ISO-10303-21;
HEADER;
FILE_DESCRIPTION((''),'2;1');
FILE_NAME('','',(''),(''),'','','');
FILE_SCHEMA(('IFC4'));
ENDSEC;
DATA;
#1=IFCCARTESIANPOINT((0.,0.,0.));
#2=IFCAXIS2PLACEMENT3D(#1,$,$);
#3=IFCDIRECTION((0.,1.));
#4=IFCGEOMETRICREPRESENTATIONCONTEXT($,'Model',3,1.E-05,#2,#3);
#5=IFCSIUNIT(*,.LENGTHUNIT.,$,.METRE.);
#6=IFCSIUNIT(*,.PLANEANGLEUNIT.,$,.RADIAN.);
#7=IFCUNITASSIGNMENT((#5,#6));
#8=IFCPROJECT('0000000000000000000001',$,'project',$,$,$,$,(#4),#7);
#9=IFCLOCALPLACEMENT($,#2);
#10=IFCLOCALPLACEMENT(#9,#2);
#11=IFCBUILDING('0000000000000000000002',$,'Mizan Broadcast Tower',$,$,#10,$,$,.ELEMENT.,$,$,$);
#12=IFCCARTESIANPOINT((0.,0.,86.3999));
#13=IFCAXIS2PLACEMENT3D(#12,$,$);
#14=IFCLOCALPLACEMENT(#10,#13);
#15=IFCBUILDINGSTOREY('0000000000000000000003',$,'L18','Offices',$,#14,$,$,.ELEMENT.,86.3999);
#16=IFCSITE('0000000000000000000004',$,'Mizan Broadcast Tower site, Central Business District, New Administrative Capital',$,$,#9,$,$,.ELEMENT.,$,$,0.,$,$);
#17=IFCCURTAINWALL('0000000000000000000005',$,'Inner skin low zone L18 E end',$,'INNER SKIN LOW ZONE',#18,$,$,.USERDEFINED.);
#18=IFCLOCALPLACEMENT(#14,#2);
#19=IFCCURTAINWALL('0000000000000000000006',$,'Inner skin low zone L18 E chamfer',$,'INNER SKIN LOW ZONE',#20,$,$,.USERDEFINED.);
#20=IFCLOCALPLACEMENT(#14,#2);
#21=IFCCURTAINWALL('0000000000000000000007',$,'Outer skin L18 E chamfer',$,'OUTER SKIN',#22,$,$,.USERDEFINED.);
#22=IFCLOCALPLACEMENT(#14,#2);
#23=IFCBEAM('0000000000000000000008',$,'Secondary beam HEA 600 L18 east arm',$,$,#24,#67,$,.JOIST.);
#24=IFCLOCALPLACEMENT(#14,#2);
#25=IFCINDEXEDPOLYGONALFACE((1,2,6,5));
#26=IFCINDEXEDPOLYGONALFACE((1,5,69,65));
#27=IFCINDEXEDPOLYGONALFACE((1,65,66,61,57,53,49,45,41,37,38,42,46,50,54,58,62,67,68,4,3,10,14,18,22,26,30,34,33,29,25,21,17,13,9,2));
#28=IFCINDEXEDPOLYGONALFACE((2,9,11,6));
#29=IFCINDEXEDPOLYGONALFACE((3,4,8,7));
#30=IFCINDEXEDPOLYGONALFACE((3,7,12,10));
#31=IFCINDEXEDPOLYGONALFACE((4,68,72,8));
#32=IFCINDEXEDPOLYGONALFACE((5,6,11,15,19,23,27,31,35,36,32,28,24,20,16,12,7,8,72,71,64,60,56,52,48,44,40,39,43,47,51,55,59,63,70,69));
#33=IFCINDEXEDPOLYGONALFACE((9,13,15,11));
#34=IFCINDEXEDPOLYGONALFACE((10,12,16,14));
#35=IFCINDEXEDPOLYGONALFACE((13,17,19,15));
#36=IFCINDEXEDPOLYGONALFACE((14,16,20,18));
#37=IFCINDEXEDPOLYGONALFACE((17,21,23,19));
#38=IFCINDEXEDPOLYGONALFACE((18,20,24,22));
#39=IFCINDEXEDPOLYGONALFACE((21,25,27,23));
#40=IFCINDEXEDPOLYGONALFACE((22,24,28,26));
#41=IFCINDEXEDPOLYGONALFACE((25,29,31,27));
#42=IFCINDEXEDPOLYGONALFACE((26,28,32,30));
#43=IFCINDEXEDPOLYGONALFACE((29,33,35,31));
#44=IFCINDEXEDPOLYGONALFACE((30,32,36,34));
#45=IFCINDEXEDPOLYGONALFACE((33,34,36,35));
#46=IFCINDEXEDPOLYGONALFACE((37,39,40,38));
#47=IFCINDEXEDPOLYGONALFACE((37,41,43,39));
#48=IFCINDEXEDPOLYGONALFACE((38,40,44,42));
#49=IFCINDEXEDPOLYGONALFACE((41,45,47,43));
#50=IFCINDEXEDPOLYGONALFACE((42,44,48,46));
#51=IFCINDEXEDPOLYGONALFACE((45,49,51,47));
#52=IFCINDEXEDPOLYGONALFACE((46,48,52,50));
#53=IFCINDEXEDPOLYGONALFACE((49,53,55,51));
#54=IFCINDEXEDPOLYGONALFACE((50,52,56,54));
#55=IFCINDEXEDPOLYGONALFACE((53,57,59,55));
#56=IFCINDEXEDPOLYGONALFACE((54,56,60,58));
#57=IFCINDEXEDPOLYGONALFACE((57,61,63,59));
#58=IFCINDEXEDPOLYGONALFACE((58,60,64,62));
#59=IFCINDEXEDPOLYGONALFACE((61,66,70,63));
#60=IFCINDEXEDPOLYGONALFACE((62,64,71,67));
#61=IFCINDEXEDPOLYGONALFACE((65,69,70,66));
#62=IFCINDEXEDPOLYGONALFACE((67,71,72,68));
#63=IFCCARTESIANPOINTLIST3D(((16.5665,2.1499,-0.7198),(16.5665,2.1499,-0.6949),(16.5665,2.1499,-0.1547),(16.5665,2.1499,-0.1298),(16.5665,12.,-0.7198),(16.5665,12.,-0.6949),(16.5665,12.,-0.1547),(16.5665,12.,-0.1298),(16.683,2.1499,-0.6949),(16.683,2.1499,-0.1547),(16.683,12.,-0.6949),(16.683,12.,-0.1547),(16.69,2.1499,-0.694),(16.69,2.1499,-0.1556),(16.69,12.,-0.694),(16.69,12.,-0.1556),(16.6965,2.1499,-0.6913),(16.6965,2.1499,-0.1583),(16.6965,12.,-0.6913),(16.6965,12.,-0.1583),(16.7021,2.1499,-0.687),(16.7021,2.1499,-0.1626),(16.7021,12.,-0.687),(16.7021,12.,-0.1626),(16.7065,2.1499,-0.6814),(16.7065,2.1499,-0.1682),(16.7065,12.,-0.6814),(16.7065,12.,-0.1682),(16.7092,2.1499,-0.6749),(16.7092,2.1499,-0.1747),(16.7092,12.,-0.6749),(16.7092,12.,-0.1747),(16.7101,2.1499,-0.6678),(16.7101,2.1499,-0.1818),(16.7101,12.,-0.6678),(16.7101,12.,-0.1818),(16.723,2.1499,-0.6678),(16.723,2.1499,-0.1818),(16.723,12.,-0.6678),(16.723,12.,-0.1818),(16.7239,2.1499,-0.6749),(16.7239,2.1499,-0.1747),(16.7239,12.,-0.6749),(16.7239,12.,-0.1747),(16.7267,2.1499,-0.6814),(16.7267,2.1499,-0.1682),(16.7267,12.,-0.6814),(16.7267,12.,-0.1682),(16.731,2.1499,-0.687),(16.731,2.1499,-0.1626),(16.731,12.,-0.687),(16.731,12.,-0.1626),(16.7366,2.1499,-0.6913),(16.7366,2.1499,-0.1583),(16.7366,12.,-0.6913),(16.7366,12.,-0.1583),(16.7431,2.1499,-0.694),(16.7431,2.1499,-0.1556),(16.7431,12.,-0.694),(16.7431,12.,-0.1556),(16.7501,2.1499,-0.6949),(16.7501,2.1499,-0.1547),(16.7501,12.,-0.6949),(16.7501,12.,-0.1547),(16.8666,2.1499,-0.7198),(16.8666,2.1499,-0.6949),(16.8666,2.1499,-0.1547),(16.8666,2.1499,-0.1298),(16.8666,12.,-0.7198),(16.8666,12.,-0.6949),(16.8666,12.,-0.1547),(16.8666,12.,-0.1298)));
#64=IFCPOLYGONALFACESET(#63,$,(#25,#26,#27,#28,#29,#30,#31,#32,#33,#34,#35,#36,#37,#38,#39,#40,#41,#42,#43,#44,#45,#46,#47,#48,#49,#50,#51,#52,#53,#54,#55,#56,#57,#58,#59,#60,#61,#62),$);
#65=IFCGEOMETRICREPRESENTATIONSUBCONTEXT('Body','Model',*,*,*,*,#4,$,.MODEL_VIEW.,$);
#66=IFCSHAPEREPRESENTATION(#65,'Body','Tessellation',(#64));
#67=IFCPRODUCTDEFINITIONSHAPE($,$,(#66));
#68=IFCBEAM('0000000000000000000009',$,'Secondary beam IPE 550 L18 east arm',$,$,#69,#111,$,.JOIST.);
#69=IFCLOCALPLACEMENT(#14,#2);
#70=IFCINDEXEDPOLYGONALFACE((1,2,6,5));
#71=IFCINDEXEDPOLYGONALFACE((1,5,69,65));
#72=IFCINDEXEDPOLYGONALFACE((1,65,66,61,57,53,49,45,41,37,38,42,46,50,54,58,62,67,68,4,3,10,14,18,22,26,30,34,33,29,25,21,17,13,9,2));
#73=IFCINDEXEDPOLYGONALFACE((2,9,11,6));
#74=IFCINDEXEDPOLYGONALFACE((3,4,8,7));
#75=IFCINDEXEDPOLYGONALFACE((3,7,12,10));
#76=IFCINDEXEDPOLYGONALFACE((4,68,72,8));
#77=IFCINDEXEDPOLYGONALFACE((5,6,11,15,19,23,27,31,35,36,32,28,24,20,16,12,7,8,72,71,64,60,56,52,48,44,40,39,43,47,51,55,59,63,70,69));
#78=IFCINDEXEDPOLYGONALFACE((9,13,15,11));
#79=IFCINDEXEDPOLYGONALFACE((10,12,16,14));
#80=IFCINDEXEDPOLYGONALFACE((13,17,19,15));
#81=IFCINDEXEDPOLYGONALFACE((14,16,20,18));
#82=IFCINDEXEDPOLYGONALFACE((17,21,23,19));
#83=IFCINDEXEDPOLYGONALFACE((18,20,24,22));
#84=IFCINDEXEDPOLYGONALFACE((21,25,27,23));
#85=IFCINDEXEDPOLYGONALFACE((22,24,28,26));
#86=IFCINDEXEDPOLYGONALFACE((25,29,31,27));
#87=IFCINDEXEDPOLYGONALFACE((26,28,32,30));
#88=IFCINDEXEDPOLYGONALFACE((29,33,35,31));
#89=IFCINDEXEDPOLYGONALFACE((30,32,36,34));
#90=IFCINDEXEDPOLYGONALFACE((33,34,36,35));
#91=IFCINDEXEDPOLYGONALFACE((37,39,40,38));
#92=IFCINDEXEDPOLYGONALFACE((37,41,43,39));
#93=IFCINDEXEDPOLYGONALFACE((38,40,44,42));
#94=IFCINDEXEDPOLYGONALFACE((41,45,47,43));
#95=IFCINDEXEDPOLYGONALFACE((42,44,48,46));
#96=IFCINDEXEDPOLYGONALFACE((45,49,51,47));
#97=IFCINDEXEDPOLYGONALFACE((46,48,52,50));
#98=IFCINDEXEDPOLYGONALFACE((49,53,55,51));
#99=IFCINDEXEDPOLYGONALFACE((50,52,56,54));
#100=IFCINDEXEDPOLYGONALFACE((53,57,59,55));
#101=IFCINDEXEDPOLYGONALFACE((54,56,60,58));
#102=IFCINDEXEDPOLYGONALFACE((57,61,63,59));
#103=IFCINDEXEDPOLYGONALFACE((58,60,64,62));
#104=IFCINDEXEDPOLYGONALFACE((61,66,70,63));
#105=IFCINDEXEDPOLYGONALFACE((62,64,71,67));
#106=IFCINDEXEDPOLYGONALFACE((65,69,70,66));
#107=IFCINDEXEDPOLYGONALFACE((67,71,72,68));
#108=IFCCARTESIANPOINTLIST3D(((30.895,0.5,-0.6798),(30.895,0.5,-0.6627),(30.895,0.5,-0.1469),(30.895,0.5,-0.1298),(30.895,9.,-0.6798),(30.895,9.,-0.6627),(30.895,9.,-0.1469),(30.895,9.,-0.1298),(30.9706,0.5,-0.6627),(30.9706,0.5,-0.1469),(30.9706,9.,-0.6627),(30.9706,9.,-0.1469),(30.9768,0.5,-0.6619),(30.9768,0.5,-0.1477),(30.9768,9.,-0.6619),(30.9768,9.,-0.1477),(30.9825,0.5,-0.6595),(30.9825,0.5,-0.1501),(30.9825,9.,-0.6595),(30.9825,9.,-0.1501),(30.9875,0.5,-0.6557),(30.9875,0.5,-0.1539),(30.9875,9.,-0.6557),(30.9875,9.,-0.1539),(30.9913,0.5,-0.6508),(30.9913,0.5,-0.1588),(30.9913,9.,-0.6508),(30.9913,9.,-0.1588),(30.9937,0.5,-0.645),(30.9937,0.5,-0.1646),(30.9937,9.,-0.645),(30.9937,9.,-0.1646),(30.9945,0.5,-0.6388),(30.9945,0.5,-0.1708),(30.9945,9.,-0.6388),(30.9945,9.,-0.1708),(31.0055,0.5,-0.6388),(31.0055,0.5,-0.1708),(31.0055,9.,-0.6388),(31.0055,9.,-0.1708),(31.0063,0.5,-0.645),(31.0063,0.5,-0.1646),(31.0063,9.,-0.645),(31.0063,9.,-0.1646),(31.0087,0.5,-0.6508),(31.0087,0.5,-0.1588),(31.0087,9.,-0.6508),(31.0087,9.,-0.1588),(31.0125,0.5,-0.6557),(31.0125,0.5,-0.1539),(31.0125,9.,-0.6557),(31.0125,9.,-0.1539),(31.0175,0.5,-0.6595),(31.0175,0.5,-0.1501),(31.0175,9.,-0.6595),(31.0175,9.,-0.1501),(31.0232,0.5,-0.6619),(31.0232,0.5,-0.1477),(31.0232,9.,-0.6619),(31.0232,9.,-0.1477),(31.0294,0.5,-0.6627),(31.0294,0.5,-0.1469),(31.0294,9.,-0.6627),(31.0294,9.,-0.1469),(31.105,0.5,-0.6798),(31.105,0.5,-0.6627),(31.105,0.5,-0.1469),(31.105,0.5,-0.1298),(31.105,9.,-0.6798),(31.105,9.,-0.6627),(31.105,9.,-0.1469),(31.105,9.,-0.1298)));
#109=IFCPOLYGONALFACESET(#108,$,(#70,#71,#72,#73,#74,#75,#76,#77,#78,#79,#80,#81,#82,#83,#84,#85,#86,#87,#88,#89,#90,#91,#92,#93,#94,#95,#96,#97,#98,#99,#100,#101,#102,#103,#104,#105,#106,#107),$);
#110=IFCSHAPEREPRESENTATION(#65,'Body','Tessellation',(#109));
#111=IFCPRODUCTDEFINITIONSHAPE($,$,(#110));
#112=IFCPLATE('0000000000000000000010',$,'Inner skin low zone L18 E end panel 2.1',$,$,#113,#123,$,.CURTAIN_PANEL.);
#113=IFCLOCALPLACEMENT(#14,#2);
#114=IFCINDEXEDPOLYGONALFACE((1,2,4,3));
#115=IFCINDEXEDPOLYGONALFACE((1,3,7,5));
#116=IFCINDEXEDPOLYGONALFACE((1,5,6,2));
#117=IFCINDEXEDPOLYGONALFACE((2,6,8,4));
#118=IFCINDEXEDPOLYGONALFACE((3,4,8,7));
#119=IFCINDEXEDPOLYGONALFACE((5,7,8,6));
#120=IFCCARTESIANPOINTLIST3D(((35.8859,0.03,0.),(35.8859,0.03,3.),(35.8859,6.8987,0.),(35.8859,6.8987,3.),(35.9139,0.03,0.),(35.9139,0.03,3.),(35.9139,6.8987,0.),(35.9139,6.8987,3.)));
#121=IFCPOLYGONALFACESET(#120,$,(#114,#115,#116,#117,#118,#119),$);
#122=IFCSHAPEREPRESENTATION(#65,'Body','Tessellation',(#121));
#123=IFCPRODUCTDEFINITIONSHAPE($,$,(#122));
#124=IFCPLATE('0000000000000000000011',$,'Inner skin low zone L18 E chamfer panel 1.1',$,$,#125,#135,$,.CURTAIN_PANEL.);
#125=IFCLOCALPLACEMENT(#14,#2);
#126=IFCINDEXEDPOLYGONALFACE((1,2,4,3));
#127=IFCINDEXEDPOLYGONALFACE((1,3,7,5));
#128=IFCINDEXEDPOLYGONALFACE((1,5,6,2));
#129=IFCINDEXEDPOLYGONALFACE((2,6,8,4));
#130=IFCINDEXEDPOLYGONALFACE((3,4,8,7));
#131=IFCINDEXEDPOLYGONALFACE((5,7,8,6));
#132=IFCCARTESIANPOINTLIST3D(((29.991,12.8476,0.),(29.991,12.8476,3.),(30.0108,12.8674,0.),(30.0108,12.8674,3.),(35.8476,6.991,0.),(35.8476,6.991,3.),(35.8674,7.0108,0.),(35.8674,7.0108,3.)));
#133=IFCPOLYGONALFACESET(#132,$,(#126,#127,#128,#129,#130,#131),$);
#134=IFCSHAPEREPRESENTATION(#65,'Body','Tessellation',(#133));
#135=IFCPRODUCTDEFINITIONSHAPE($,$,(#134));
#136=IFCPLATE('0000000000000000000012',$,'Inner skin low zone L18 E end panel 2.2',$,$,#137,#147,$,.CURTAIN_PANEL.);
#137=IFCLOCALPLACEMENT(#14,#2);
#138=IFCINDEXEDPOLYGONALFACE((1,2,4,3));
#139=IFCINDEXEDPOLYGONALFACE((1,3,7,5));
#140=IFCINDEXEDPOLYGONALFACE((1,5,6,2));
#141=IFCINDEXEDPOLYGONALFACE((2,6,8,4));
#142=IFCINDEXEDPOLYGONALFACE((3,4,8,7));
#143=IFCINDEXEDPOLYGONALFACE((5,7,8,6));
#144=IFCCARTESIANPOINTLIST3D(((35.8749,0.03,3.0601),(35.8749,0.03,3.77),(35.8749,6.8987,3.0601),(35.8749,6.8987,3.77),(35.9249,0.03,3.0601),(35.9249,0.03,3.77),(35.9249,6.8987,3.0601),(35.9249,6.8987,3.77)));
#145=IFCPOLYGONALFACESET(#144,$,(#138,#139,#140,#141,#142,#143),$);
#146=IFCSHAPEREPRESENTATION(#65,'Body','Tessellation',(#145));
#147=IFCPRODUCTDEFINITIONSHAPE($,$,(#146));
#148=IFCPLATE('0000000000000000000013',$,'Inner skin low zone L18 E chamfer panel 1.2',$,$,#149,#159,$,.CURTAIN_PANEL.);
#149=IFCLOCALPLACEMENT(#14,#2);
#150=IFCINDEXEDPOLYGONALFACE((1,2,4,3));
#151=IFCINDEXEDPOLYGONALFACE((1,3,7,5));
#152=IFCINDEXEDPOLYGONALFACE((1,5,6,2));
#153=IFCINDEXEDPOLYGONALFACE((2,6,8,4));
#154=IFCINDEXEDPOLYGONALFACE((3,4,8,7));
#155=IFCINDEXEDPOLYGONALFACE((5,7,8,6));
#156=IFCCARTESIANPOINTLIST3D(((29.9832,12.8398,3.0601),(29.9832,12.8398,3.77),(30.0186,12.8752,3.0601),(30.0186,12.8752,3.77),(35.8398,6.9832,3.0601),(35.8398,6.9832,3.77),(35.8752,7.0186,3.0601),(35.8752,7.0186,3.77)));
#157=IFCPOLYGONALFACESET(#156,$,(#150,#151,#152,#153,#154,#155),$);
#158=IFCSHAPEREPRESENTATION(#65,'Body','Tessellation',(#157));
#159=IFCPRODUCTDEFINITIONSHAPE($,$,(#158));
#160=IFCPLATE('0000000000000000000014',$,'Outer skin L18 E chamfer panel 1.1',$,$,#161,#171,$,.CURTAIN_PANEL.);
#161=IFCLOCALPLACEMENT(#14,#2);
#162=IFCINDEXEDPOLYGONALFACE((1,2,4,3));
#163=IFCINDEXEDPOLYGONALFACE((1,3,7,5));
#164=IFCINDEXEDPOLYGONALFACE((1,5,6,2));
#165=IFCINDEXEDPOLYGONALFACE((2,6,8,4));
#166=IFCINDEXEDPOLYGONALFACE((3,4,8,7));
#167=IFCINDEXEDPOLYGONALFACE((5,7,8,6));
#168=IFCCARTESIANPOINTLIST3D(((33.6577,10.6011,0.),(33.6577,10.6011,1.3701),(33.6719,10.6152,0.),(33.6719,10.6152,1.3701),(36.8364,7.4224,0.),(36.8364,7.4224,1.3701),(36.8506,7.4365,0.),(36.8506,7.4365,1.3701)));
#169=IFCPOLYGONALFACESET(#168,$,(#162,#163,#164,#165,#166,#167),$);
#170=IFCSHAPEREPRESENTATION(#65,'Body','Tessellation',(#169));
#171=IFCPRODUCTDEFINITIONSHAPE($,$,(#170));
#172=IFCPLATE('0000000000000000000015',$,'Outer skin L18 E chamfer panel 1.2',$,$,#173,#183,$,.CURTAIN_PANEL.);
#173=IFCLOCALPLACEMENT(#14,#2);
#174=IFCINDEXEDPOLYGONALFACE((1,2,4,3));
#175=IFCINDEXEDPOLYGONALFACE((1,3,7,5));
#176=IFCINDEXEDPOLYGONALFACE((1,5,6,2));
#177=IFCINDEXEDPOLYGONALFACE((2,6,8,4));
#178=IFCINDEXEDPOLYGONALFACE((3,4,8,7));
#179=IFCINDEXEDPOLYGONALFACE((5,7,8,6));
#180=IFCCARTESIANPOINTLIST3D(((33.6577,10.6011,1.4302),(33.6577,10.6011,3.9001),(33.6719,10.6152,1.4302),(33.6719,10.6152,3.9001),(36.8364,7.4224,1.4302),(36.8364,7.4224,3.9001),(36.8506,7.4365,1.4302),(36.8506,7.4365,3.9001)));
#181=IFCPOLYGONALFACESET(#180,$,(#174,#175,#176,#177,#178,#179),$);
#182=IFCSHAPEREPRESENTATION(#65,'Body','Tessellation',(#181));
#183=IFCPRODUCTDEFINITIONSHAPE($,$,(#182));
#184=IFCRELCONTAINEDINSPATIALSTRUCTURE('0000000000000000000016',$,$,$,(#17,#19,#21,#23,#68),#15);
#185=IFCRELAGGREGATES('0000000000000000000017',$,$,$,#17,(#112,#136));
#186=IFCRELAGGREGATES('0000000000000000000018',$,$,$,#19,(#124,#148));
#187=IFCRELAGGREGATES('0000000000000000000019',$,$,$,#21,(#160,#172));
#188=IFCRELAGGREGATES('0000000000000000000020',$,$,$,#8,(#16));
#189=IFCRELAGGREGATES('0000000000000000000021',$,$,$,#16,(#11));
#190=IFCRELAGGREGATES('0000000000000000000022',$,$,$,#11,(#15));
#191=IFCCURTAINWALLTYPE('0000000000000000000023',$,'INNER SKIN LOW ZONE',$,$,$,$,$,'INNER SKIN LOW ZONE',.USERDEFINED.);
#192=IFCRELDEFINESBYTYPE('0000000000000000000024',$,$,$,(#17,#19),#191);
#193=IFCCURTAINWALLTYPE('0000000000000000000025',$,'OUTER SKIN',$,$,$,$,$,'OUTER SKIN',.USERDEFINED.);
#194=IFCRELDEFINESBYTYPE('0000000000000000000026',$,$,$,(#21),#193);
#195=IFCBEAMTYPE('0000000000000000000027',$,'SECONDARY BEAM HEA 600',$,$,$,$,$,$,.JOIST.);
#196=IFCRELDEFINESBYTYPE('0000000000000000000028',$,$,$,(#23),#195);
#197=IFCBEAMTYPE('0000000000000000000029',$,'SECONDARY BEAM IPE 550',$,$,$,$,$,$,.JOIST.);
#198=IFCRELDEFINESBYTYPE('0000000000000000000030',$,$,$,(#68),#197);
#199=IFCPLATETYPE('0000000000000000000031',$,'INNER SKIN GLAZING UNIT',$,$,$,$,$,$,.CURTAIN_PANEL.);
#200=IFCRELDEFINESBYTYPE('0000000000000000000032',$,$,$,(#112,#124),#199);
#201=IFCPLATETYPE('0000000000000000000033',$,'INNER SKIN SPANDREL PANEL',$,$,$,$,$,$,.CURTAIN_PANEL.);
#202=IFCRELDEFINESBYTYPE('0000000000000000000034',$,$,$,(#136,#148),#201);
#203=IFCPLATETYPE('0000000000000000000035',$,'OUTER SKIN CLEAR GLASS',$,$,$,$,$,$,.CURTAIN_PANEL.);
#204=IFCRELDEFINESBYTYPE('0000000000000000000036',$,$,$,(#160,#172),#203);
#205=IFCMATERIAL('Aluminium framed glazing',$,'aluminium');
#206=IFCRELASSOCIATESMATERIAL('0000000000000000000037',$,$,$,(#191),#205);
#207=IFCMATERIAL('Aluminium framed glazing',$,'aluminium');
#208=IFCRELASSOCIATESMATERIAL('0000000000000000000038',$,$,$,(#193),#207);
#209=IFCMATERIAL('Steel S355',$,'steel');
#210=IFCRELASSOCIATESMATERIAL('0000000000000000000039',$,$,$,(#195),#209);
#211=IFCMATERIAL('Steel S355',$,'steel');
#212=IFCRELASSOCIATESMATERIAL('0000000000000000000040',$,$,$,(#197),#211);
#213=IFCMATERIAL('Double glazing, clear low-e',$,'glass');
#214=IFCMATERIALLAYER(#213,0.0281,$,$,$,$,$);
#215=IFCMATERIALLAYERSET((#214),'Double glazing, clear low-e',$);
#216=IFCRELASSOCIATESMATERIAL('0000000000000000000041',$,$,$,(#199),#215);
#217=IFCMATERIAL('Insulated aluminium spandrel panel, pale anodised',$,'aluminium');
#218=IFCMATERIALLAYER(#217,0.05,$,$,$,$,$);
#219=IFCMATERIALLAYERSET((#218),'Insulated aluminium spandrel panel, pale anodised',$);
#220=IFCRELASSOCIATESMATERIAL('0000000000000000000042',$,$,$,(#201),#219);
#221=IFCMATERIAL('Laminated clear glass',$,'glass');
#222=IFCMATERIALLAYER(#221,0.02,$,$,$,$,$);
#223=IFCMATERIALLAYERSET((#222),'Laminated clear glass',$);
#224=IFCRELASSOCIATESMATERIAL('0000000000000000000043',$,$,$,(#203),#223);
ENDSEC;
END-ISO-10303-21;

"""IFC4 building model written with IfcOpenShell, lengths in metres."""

from ifc_helpers import new_model, si_unit, direction, frame, origin, origin_2d, place, context, subcontext, project, spatial, rectangle, i_section, extrude, material, layer, layer_set, material_profile, profile_set, type_object, element, aggregate, save


model = new_model("IFC4")

# Units and contexts
model_context = context("Model", 3, precision=1e-05, world=origin(), true_north=direction((0.0, 1.0)))
body_context = subcontext(model_context, "Body", "Model", "MODEL_VIEW")
ifc_project = project(units=[si_unit("LENGTHUNIT", "METRE"), si_unit("PLANEANGLEUNIT", "RADIAN")], contexts=[model_context])

# Site, building, storey
site_placement = place(None, origin())
site = spatial("IfcSite", under=ifc_project, at=site_placement, Name="Mizan Broadcast Tower site, Central Business District, New Administrative Capital", CompositionType="ELEMENT", RefElevation=0.0)
building_placement = place(site_placement, origin())
building = spatial("IfcBuilding", under=site, at=building_placement, Name="Mizan Broadcast Tower", CompositionType="ELEMENT")
storey_placement = place(building_placement, frame((0.0, 0.0, 86.3999)))
storey = spatial("IfcBuildingStorey", under=building, at=storey_placement, Name="L18", Description="Offices", CompositionType="ELEMENT", Elevation=86.3999)

# Curtain wall
ifc_material_1 = material(Name="Aluminium framed glazing", Category="aluminium")
curtain_wall_type_1 = type_object("IfcCurtainWallType", Name="INNER SKIN LOW ZONE", ElementType="INNER SKIN LOW ZONE", PredefinedType="USERDEFINED", material=ifc_material_1)
curtain_wall_1_placement = place(storey_placement, origin())
curtain_wall_1 = element("IfcCurtainWall", 1, at=curtain_wall_1_placement, inside=storey, type_object=curtain_wall_type_1, Name="Inner skin low zone L18 E end", ObjectType="INNER SKIN LOW ZONE", PredefinedType="USERDEFINED")

# Curtain wall
curtain_wall_2_placement = place(storey_placement, origin())
curtain_wall_2 = element("IfcCurtainWall", 2, at=curtain_wall_2_placement, inside=storey, type_object=curtain_wall_type_1, Name="Inner skin low zone L18 E chamfer", ObjectType="INNER SKIN LOW ZONE", PredefinedType="USERDEFINED")

# Shared definitions
ifc_material_2 = material(Name="Aluminium framed glazing", Category="aluminium")
curtain_wall_type_2 = type_object("IfcCurtainWallType", Name="OUTER SKIN", ElementType="OUTER SKIN", PredefinedType="USERDEFINED", material=ifc_material_2)

# Curtain wall
curtain_wall_3_placement = place(storey_placement, origin())
curtain_wall_3 = element("IfcCurtainWall", 3, at=curtain_wall_3_placement, inside=storey, type_object=curtain_wall_type_2, Name="Outer skin L18 E chamfer", ObjectType="OUTER SKIN", PredefinedType="USERDEFINED")

# Beams
ifc_material_3 = material(Name="Steel S355", Category="steel")
ifc_material_profile_1 = material_profile(ifc_material_3, i_section(OverallWidth=0.3, OverallDepth=0.5901, WebThickness=0.0129, FlangeThickness=0.0249, FilletRadius=0.0271, at=origin_2d()), Name="HEA 600")
ifc_profile_set_1 = profile_set([ifc_material_profile_1], Name="Steel S355")
beam_type_1 = type_object("IfcBeamType", Name="SECONDARY BEAM HEA 600", PredefinedType="JOIST", material=ifc_profile_set_1)
for number, where, z_axis, x_axis, name in (
    (4, (16.7166, 12.0, -0.4248), (0.0, -1.0, 0.0), (1.0, 0.0, 0.0), "Secondary beam HEA 600 L18 east arm"),
):
    element("IfcBeam", number, at=place(storey_placement, frame(where, z_axis=z_axis, x_axis=x_axis)), inside=storey, type_object=beam_type_1, Name=name, PredefinedType="JOIST", context=body_context, shape_type="SweptSolid", body=[
        extrude(i_section(OverallWidth=0.3, OverallDepth=0.5901, WebThickness=0.0129, FlangeThickness=0.0249, FilletRadius=0.0271, at=origin_2d()), origin(), (0.0, 0.0, 1.0), 9.8501),
    ])
ifc_material_4 = material(Name="Steel S355", Category="steel")
ifc_material_profile_2 = material_profile(ifc_material_4, i_section(OverallWidth=0.21, OverallDepth=0.55, WebThickness=0.011, FlangeThickness=0.0171, FilletRadius=0.0239, at=origin_2d()), Name="IPE 550")
ifc_profile_set_2 = profile_set([ifc_material_profile_2], Name="Steel S355")
beam_type_2 = type_object("IfcBeamType", Name="SECONDARY BEAM IPE 550", PredefinedType="JOIST", material=ifc_profile_set_2)
beam_1_placement = place(storey_placement, frame((31.0, 9.0, -0.4048), z_axis=(0.0, -1.0, 0.0), x_axis=(1.0, 0.0, 0.0)))
element("IfcBeam", 5, at=beam_1_placement, inside=storey, type_object=beam_type_2, Name="Secondary beam IPE 550 L18 east arm", PredefinedType="JOIST", context=body_context, shape_type="SweptSolid", body=[
    extrude(i_section(OverallWidth=0.21, OverallDepth=0.55, WebThickness=0.011, FlangeThickness=0.0171, FilletRadius=0.0239, at=origin_2d()), origin(), (0.0, 0.0, 1.0), 8.5),
])

# Plates
ifc_material_5 = material(Name="Double glazing, clear low-e", Category="glass")
ifc_layer_1 = layer(ifc_material_5, 0.0281)
ifc_layer_set_1 = layer_set([ifc_layer_1], Name="Double glazing, clear low-e")
plate_type_1 = type_object("IfcPlateType", Name="INNER SKIN GLAZING UNIT", PredefinedType="CURTAIN_PANEL", material=ifc_layer_set_1)
plate_1_placement = place(storey_placement, frame((35.8999, 3.4644, 0.0), z_axis=(0.0, 0.0, 1.0), x_axis=(0.0, 1.0, 0.0)))
plate_1 = element("IfcPlate", 6, at=plate_1_placement, type_object=plate_type_1, Name="Inner skin low zone L18 E end panel 2.1", PredefinedType="CURTAIN_PANEL", context=body_context, shape_type="SweptSolid", body=[
    extrude(rectangle(XDim=6.8687, YDim=0.0281, at=origin_2d()), origin(), (0.0, 0.0, 1.0), 3.0),
])
plate_2_placement = place(storey_placement, frame((32.9292, 9.9292, 0.0), z_axis=(0.0, 0.0, 1.0), x_axis=(-0.707107, 0.707107, 0.0)))
plate_2 = element("IfcPlate", 7, at=plate_2_placement, type_object=plate_type_1, Name="Inner skin low zone L18 E chamfer panel 1.1", PredefinedType="CURTAIN_PANEL", context=body_context, shape_type="SweptSolid", body=[
    extrude(rectangle(XDim=8.2825, YDim=0.0281, at=origin_2d()), origin(), (0.0, 0.0, 1.0), 3.0),
])
ifc_material_6 = material(Name="Insulated aluminium spandrel panel, pale anodised", Category="aluminium")
ifc_layer_2 = layer(ifc_material_6, 0.05)
ifc_layer_set_2 = layer_set([ifc_layer_2], Name="Insulated aluminium spandrel panel, pale anodised")
plate_type_2 = type_object("IfcPlateType", Name="INNER SKIN SPANDREL PANEL", PredefinedType="CURTAIN_PANEL", material=ifc_layer_set_2)
plate_3_placement = place(storey_placement, frame((35.8999, 3.4644, 3.0601), z_axis=(0.0, 0.0, 1.0), x_axis=(0.0, 1.0, 0.0)))
plate_3 = element("IfcPlate", 8, at=plate_3_placement, type_object=plate_type_2, Name="Inner skin low zone L18 E end panel 2.2", PredefinedType="CURTAIN_PANEL", context=body_context, shape_type="SweptSolid", body=[
    extrude(rectangle(XDim=6.8687, YDim=0.05, at=origin_2d()), origin(), (0.0, 0.0, 1.0), 0.71),
])
aggregate(curtain_wall_1, [plate_1, plate_3])
plate_4_placement = place(storey_placement, frame((32.9292, 9.9292, 3.0601), z_axis=(0.0, 0.0, 1.0), x_axis=(-0.707107, 0.707107, 0.0)))
plate_4 = element("IfcPlate", 9, at=plate_4_placement, type_object=plate_type_2, Name="Inner skin low zone L18 E chamfer panel 1.2", PredefinedType="CURTAIN_PANEL", context=body_context, shape_type="SweptSolid", body=[
    extrude(rectangle(XDim=8.2825, YDim=0.05, at=origin_2d()), origin(), (0.0, 0.0, 1.0), 0.71),
])
aggregate(curtain_wall_2, [plate_2, plate_4])
ifc_material_7 = material(Name="Laminated clear glass", Category="glass")
ifc_layer_3 = layer(ifc_material_7, 0.02)
ifc_layer_set_3 = layer_set([ifc_layer_3], Name="Laminated clear glass")
plate_type_3 = type_object("IfcPlateType", Name="OUTER SKIN CLEAR GLASS", PredefinedType="CURTAIN_PANEL", material=ifc_layer_set_3)
plate_5_placement = place(storey_placement, frame((35.2542, 9.0188, 0.0), z_axis=(0.0, 0.0, 1.0), x_axis=(-0.707107, 0.707107, 0.0)))
plate_5 = element("IfcPlate", 10, at=plate_5_placement, type_object=plate_type_3, Name="Outer skin L18 E chamfer panel 1.1", PredefinedType="CURTAIN_PANEL", context=body_context, shape_type="SweptSolid", body=[
    extrude(rectangle(XDim=4.4954, YDim=0.02, at=origin_2d()), origin(), (0.0, 0.0, 1.0), 1.3701),
])
plate_6_placement = place(storey_placement, frame((35.2542, 9.0188, 1.4302), z_axis=(0.0, 0.0, 1.0), x_axis=(-0.707107, 0.707107, 0.0)))
plate_6 = element("IfcPlate", 11, at=plate_6_placement, type_object=plate_type_3, Name="Outer skin L18 E chamfer panel 1.2", PredefinedType="CURTAIN_PANEL", context=body_context, shape_type="SweptSolid", body=[
    extrude(rectangle(XDim=4.4954, YDim=0.02, at=origin_2d()), origin(), (0.0, 0.0, 1.0), 2.47),
])
aggregate(curtain_wall_3, [plate_5, plate_6])

save(model, "model.ifc")
